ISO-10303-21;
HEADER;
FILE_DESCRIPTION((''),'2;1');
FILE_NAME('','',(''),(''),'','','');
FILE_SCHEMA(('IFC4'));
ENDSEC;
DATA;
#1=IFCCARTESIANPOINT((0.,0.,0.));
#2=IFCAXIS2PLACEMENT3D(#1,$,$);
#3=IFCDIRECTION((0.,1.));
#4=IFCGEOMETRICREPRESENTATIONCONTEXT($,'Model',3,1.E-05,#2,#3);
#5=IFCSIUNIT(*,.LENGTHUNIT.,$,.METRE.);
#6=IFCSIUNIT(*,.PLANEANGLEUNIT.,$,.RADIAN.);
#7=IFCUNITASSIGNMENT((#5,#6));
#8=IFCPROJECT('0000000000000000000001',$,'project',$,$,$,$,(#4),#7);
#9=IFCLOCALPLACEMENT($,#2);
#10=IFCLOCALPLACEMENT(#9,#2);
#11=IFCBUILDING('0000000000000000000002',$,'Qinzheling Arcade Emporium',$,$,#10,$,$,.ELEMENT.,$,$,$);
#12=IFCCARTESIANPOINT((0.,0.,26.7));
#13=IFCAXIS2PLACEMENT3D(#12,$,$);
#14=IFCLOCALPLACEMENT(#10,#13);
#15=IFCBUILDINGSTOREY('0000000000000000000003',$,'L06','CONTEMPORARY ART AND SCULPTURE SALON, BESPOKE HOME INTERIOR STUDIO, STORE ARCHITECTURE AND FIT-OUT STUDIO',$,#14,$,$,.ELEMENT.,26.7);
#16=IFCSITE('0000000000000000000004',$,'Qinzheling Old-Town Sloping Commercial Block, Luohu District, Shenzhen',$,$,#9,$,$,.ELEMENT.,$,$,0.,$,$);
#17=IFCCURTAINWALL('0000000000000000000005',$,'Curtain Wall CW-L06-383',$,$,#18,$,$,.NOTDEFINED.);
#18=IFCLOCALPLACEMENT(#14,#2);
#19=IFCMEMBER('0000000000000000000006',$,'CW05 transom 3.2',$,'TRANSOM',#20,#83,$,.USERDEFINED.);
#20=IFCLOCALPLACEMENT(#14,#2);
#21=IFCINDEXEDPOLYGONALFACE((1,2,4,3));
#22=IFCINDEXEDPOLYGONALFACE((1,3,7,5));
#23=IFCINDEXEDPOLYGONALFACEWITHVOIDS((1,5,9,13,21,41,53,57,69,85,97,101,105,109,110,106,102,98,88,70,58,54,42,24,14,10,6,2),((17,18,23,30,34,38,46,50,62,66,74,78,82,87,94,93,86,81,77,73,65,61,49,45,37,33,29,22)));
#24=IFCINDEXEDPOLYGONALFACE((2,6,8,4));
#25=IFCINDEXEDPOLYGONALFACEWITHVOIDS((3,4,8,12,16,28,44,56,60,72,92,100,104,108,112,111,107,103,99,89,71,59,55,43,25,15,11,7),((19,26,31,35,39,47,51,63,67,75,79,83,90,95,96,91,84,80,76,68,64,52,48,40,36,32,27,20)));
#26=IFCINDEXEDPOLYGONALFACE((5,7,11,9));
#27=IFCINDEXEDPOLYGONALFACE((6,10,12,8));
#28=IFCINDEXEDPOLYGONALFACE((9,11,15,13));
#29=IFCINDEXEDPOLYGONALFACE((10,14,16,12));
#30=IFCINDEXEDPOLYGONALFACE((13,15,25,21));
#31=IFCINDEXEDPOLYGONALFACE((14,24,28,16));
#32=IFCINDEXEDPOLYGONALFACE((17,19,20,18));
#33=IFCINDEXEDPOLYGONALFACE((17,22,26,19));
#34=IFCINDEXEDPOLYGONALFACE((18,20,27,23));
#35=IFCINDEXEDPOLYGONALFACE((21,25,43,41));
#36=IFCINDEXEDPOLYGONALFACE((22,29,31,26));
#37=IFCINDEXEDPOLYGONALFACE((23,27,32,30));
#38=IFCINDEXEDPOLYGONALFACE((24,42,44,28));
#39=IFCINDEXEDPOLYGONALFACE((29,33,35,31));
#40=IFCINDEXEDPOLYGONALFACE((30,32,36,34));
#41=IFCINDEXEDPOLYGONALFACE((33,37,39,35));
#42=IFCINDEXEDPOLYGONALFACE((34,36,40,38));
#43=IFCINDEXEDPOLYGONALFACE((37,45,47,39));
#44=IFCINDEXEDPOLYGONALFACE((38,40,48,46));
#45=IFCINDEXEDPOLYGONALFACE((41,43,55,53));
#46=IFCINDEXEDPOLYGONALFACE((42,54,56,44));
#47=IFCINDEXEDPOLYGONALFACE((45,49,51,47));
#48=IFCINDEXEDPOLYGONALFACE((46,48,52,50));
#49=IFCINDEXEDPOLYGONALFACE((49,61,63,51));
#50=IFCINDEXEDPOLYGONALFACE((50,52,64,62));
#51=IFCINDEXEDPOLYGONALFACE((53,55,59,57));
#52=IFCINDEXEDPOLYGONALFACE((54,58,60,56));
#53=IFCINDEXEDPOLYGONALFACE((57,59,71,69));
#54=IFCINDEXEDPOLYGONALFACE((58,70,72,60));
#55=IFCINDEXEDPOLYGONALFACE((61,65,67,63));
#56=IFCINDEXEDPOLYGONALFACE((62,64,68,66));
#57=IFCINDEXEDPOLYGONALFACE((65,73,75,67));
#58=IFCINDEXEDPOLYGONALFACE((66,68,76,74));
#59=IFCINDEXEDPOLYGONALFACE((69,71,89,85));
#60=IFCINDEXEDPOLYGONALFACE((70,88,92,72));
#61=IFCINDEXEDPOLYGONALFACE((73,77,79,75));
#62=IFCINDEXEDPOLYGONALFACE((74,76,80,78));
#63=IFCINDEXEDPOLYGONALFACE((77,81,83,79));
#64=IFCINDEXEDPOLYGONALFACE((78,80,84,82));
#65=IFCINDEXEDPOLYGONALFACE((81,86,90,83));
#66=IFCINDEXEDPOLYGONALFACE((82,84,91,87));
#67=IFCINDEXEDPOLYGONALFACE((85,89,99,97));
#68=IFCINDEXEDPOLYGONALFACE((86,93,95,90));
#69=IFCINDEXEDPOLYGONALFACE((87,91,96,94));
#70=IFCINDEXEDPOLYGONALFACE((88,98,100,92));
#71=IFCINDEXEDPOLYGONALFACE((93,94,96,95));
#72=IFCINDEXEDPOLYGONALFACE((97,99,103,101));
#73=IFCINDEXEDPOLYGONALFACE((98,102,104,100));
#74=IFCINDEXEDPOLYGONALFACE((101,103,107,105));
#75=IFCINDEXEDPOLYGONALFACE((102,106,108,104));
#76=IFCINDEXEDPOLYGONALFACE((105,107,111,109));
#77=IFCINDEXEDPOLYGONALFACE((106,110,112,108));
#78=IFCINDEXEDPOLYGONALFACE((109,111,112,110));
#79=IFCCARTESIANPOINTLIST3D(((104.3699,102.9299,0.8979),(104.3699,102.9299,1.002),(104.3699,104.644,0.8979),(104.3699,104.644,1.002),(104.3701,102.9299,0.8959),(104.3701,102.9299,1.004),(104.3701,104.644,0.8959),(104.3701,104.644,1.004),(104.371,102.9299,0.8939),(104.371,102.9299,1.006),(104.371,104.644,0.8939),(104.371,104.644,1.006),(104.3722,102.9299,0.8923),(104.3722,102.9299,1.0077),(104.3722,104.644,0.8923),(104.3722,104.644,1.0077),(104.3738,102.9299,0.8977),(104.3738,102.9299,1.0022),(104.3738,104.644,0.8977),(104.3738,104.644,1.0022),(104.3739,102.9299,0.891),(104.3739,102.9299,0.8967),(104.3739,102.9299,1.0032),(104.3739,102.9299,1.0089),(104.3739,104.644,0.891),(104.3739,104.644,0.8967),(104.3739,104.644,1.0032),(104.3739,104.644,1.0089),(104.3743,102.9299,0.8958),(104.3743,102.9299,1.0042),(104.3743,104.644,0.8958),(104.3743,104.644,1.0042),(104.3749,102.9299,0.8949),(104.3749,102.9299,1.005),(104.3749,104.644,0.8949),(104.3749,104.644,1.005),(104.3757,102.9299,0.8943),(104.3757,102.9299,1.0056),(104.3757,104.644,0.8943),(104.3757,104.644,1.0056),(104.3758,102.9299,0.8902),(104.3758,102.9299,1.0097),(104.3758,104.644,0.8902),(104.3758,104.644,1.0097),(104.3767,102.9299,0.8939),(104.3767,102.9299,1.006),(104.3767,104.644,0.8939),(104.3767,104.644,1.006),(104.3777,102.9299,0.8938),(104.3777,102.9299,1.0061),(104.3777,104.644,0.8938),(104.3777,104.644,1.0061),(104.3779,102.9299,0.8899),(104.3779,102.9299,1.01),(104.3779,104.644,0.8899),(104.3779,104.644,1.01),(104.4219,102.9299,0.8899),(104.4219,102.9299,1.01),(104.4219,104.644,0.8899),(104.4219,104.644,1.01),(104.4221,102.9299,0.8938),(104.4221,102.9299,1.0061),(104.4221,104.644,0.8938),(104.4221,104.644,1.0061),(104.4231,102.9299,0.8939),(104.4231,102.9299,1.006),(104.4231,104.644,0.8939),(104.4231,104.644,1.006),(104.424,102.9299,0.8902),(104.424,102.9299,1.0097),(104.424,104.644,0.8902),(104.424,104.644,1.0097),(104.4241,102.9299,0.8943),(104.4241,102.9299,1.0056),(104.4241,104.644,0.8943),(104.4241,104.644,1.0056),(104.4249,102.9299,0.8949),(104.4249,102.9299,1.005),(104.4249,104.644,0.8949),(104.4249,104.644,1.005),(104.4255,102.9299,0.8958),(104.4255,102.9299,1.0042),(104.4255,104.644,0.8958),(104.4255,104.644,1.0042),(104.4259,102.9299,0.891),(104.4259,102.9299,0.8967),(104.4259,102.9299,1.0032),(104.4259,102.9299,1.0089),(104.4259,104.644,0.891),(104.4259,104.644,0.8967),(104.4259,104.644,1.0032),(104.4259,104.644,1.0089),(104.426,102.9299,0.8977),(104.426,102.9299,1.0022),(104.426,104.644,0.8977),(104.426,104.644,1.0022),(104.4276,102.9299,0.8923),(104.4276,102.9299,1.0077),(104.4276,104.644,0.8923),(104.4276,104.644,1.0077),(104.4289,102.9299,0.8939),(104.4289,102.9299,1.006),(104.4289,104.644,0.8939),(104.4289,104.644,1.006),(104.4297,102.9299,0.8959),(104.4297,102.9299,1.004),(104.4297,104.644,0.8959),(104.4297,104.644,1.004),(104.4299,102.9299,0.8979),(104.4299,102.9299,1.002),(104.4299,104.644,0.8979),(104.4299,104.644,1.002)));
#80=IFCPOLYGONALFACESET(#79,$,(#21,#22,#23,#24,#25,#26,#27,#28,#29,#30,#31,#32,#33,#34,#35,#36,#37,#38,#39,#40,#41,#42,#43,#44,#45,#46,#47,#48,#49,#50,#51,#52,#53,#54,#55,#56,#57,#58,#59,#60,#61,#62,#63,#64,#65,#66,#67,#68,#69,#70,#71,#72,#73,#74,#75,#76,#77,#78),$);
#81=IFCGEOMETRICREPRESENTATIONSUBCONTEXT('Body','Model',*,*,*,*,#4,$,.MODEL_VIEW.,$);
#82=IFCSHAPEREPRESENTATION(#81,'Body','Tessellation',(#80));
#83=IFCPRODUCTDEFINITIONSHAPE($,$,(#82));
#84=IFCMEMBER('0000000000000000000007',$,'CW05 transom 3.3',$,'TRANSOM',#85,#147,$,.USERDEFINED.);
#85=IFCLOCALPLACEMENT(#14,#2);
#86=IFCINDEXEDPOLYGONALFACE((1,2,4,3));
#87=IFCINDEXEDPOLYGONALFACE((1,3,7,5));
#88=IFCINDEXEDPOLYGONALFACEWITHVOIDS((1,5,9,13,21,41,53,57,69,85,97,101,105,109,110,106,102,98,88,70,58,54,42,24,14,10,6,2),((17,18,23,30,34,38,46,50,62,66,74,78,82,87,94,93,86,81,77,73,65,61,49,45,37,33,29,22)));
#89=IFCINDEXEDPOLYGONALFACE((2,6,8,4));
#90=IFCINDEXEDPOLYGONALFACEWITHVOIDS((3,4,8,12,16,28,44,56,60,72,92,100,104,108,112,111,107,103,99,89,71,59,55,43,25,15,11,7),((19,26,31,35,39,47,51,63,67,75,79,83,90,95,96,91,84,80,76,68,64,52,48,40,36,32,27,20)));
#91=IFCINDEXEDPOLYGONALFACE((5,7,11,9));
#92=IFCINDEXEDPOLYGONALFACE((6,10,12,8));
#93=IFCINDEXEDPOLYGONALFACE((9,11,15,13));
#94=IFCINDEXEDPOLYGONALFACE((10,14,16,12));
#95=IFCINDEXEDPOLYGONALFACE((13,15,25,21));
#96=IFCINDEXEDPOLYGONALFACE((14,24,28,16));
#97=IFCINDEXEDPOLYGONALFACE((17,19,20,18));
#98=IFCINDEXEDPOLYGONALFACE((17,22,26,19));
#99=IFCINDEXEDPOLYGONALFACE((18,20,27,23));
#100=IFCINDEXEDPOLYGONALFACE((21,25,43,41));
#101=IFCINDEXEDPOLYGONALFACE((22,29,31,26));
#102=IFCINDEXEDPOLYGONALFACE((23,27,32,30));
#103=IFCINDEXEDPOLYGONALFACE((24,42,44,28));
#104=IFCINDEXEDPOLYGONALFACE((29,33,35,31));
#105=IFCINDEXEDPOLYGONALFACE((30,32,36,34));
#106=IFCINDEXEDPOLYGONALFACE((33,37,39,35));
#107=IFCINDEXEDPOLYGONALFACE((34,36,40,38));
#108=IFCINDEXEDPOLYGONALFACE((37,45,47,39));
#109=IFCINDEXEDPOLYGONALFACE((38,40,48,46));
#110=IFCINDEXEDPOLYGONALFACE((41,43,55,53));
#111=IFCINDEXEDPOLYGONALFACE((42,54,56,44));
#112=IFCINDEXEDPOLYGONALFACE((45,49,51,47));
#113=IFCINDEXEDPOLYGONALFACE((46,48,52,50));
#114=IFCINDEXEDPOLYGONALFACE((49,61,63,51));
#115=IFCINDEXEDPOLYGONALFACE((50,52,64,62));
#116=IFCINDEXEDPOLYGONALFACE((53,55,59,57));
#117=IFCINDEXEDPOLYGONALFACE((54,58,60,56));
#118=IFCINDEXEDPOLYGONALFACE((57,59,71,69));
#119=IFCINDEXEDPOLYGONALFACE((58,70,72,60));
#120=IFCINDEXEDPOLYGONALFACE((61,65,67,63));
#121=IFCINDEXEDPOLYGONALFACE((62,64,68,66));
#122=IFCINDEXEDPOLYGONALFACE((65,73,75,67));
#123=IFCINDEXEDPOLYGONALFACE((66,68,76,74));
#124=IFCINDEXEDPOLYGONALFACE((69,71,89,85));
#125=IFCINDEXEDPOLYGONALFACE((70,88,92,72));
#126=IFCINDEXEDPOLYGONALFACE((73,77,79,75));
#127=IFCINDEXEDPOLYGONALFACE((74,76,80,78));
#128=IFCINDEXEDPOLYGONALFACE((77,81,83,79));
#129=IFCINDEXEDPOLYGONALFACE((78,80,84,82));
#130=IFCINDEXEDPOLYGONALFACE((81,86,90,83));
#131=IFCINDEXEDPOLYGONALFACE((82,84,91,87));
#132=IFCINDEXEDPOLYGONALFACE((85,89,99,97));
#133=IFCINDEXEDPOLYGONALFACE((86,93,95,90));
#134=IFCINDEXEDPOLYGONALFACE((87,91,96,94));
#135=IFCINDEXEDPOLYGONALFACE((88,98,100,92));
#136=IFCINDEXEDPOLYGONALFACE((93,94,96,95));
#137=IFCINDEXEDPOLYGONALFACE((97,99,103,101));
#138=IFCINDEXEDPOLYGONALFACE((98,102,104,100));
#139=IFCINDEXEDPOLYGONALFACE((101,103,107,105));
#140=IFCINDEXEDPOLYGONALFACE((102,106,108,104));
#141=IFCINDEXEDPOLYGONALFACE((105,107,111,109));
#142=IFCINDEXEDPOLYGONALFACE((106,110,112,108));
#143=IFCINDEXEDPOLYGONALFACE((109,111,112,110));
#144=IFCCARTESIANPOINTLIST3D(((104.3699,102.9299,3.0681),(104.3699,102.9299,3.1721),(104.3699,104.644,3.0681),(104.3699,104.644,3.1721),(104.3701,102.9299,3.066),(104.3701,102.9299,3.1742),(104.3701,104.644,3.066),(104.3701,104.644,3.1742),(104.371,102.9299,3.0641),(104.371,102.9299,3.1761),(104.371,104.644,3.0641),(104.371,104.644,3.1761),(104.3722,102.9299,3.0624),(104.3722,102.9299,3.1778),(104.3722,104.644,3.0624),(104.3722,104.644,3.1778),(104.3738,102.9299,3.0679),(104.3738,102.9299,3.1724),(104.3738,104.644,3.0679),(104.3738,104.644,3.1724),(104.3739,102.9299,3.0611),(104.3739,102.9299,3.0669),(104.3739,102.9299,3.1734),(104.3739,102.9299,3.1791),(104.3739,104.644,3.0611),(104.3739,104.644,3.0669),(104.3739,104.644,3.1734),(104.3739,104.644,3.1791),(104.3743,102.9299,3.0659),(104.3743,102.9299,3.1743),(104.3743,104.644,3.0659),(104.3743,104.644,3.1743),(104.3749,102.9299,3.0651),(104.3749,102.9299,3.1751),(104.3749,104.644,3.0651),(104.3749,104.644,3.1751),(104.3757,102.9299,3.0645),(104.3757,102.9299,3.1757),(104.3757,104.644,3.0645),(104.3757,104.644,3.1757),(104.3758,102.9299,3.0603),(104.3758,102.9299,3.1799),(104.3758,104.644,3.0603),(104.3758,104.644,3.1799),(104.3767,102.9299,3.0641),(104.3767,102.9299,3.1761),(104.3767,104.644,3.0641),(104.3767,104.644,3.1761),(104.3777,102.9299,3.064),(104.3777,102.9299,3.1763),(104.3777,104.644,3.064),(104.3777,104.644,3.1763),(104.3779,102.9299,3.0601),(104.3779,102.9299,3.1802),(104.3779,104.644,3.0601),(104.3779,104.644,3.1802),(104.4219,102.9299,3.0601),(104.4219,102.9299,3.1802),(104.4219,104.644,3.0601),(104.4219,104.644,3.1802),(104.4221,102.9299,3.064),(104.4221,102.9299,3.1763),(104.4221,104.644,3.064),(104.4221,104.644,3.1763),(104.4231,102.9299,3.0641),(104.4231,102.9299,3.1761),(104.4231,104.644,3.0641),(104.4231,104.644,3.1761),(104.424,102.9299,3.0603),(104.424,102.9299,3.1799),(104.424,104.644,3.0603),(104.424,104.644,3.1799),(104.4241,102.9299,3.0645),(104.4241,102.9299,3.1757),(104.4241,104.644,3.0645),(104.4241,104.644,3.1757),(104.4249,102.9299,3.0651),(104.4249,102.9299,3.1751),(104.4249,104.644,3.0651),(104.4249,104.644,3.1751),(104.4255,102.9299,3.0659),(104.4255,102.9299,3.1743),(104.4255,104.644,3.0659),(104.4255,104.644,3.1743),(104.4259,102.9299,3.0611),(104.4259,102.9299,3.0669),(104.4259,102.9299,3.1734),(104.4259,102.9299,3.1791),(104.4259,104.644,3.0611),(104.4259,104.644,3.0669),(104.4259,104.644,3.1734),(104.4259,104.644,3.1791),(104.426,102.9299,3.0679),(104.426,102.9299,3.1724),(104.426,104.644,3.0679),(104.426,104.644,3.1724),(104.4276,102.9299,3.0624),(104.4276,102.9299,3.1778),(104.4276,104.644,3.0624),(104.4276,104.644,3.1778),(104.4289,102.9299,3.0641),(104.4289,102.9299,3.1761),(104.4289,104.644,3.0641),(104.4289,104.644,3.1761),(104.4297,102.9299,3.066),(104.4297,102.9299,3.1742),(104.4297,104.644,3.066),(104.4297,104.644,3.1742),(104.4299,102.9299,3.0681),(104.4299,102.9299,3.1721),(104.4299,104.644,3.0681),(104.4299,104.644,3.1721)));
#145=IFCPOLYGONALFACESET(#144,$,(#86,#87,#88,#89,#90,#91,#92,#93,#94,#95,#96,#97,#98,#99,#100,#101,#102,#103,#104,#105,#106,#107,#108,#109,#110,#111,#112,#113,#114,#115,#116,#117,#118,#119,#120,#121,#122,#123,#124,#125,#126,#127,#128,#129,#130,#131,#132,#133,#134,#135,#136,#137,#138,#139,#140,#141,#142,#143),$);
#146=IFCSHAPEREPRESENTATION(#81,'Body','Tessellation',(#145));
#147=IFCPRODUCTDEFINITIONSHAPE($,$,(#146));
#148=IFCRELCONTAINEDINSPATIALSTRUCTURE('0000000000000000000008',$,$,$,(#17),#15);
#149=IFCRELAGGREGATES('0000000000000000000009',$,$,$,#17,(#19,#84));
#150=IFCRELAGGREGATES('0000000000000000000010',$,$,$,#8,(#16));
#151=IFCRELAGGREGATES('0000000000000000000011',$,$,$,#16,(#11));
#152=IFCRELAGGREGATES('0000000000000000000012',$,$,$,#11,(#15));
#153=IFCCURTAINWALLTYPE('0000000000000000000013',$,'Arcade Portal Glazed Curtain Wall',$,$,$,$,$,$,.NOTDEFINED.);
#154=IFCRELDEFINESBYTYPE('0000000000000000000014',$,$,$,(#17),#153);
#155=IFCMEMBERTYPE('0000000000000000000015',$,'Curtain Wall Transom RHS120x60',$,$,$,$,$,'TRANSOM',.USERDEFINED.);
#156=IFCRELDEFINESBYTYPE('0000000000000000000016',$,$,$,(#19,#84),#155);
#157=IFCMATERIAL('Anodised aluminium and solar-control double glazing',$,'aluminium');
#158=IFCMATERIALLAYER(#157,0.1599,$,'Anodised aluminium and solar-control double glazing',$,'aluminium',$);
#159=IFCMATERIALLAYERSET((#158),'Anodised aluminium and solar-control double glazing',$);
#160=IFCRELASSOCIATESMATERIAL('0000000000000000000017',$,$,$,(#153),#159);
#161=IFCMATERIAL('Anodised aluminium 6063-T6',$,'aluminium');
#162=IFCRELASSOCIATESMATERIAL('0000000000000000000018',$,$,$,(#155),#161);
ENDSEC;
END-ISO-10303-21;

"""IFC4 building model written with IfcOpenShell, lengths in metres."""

from ifc_helpers import new_model, si_unit, direction, frame, origin, origin_2d, place, context, subcontext, project, spatial, hollow_rectangle, extrude, material, layer, layer_set, material_profile, profile_set, type_object, element, aggregate, save


model = new_model("IFC4")

# Units and contexts
model_context = context("Model", 3, precision=1e-05, world=origin(), true_north=direction((0.0, 1.0)))
body_context = subcontext(model_context, "Body", "Model", "MODEL_VIEW")
ifc_project = project(units=[si_unit("LENGTHUNIT", "METRE"), si_unit("PLANEANGLEUNIT", "RADIAN")], contexts=[model_context])

# Site, building, storey
site_placement = place(None, origin())
site = spatial("IfcSite", under=ifc_project, at=site_placement, Name="Qinzheling Old-Town Sloping Commercial Block, Luohu District, Shenzhen", CompositionType="ELEMENT", RefElevation=0.0)
building_placement = place(site_placement, origin())
building = spatial("IfcBuilding", under=site, at=building_placement, Name="Qinzheling Arcade Emporium", CompositionType="ELEMENT")
storey_placement = place(building_placement, frame((0.0, 0.0, 26.7)))
storey = spatial("IfcBuildingStorey", under=building, at=storey_placement, Name="L06", Description="CONTEMPORARY ART AND SCULPTURE SALON, BESPOKE HOME INTERIOR STUDIO, STORE ARCHITECTURE AND FIT-OUT STUDIO", CompositionType="ELEMENT", Elevation=26.7)

# Curtain wall, members
ifc_material_1 = material(Name="Anodised aluminium and solar-control double glazing", Category="aluminium")
ifc_layer_1 = layer(ifc_material_1, 0.1599, Name="Anodised aluminium and solar-control double glazing", Category="aluminium")
ifc_layer_set_1 = layer_set([ifc_layer_1], Name="Anodised aluminium and solar-control double glazing")
curtain_wall_type = type_object("IfcCurtainWallType", Name="Arcade Portal Glazed Curtain Wall", PredefinedType="NOTDEFINED", material=ifc_layer_set_1)
curtain_wall_placement = place(storey_placement, origin())
curtain_wall = element("IfcCurtainWall", 1, at=curtain_wall_placement, inside=storey, type_object=curtain_wall_type, Name="Curtain Wall CW-L06-383", PredefinedType="NOTDEFINED")
ifc_material_2 = material(Name="Anodised aluminium 6063-T6", Category="aluminium")
ifc_material_profile_1 = material_profile(ifc_material_2, hollow_rectangle(XDim=0.0601, YDim=0.1201, WallThickness=0.0039, InnerFilletRadius=0.0039, OuterFilletRadius=0.0081, at=origin_2d()), Name="RHS 120x60x4", Category="aluminium")
ifc_profile_set_1 = profile_set([ifc_material_profile_1], Name="Anodised aluminium 6063-T6")
member_type_1 = type_object("IfcMemberType", Name="Curtain Wall Transom RHS120x60", ElementType="TRANSOM", PredefinedType="USERDEFINED", material=ifc_profile_set_1)
member_1_placement = place(storey_placement, frame((104.3999, 102.9299, 0.95), z_axis=(0.0, 1.0, 0.0), x_axis=(-1.0, 0.0, 0.0)))
member_1 = element("IfcMember", 2, at=member_1_placement, type_object=member_type_1, Name="CW05 transom 3.2", ObjectType="TRANSOM", PredefinedType="USERDEFINED", context=body_context, shape_type="SweptSolid", body=[
    extrude(hollow_rectangle(XDim=0.0601, YDim=0.1201, WallThickness=0.0039, InnerFilletRadius=0.0039, OuterFilletRadius=0.0081, at=origin_2d()), origin(), (0.0, 0.0, 1.0), 1.7141),
])
member_2_placement = place(storey_placement, frame((104.3999, 102.9299, 3.1201), z_axis=(0.0, 1.0, 0.0), x_axis=(-1.0, 0.0, 0.0)))
member_2 = element("IfcMember", 3, at=member_2_placement, type_object=member_type_1, Name="CW05 transom 3.3", ObjectType="TRANSOM", PredefinedType="USERDEFINED", context=body_context, shape_type="SweptSolid", body=[
    extrude(hollow_rectangle(XDim=0.0601, YDim=0.1201, WallThickness=0.0039, InnerFilletRadius=0.0039, OuterFilletRadius=0.0081, at=origin_2d()), origin(), (0.0, 0.0, 1.0), 1.7141),
])

aggregate(curtain_wall, [member_1, member_2])

save(model, "model.ifc")
